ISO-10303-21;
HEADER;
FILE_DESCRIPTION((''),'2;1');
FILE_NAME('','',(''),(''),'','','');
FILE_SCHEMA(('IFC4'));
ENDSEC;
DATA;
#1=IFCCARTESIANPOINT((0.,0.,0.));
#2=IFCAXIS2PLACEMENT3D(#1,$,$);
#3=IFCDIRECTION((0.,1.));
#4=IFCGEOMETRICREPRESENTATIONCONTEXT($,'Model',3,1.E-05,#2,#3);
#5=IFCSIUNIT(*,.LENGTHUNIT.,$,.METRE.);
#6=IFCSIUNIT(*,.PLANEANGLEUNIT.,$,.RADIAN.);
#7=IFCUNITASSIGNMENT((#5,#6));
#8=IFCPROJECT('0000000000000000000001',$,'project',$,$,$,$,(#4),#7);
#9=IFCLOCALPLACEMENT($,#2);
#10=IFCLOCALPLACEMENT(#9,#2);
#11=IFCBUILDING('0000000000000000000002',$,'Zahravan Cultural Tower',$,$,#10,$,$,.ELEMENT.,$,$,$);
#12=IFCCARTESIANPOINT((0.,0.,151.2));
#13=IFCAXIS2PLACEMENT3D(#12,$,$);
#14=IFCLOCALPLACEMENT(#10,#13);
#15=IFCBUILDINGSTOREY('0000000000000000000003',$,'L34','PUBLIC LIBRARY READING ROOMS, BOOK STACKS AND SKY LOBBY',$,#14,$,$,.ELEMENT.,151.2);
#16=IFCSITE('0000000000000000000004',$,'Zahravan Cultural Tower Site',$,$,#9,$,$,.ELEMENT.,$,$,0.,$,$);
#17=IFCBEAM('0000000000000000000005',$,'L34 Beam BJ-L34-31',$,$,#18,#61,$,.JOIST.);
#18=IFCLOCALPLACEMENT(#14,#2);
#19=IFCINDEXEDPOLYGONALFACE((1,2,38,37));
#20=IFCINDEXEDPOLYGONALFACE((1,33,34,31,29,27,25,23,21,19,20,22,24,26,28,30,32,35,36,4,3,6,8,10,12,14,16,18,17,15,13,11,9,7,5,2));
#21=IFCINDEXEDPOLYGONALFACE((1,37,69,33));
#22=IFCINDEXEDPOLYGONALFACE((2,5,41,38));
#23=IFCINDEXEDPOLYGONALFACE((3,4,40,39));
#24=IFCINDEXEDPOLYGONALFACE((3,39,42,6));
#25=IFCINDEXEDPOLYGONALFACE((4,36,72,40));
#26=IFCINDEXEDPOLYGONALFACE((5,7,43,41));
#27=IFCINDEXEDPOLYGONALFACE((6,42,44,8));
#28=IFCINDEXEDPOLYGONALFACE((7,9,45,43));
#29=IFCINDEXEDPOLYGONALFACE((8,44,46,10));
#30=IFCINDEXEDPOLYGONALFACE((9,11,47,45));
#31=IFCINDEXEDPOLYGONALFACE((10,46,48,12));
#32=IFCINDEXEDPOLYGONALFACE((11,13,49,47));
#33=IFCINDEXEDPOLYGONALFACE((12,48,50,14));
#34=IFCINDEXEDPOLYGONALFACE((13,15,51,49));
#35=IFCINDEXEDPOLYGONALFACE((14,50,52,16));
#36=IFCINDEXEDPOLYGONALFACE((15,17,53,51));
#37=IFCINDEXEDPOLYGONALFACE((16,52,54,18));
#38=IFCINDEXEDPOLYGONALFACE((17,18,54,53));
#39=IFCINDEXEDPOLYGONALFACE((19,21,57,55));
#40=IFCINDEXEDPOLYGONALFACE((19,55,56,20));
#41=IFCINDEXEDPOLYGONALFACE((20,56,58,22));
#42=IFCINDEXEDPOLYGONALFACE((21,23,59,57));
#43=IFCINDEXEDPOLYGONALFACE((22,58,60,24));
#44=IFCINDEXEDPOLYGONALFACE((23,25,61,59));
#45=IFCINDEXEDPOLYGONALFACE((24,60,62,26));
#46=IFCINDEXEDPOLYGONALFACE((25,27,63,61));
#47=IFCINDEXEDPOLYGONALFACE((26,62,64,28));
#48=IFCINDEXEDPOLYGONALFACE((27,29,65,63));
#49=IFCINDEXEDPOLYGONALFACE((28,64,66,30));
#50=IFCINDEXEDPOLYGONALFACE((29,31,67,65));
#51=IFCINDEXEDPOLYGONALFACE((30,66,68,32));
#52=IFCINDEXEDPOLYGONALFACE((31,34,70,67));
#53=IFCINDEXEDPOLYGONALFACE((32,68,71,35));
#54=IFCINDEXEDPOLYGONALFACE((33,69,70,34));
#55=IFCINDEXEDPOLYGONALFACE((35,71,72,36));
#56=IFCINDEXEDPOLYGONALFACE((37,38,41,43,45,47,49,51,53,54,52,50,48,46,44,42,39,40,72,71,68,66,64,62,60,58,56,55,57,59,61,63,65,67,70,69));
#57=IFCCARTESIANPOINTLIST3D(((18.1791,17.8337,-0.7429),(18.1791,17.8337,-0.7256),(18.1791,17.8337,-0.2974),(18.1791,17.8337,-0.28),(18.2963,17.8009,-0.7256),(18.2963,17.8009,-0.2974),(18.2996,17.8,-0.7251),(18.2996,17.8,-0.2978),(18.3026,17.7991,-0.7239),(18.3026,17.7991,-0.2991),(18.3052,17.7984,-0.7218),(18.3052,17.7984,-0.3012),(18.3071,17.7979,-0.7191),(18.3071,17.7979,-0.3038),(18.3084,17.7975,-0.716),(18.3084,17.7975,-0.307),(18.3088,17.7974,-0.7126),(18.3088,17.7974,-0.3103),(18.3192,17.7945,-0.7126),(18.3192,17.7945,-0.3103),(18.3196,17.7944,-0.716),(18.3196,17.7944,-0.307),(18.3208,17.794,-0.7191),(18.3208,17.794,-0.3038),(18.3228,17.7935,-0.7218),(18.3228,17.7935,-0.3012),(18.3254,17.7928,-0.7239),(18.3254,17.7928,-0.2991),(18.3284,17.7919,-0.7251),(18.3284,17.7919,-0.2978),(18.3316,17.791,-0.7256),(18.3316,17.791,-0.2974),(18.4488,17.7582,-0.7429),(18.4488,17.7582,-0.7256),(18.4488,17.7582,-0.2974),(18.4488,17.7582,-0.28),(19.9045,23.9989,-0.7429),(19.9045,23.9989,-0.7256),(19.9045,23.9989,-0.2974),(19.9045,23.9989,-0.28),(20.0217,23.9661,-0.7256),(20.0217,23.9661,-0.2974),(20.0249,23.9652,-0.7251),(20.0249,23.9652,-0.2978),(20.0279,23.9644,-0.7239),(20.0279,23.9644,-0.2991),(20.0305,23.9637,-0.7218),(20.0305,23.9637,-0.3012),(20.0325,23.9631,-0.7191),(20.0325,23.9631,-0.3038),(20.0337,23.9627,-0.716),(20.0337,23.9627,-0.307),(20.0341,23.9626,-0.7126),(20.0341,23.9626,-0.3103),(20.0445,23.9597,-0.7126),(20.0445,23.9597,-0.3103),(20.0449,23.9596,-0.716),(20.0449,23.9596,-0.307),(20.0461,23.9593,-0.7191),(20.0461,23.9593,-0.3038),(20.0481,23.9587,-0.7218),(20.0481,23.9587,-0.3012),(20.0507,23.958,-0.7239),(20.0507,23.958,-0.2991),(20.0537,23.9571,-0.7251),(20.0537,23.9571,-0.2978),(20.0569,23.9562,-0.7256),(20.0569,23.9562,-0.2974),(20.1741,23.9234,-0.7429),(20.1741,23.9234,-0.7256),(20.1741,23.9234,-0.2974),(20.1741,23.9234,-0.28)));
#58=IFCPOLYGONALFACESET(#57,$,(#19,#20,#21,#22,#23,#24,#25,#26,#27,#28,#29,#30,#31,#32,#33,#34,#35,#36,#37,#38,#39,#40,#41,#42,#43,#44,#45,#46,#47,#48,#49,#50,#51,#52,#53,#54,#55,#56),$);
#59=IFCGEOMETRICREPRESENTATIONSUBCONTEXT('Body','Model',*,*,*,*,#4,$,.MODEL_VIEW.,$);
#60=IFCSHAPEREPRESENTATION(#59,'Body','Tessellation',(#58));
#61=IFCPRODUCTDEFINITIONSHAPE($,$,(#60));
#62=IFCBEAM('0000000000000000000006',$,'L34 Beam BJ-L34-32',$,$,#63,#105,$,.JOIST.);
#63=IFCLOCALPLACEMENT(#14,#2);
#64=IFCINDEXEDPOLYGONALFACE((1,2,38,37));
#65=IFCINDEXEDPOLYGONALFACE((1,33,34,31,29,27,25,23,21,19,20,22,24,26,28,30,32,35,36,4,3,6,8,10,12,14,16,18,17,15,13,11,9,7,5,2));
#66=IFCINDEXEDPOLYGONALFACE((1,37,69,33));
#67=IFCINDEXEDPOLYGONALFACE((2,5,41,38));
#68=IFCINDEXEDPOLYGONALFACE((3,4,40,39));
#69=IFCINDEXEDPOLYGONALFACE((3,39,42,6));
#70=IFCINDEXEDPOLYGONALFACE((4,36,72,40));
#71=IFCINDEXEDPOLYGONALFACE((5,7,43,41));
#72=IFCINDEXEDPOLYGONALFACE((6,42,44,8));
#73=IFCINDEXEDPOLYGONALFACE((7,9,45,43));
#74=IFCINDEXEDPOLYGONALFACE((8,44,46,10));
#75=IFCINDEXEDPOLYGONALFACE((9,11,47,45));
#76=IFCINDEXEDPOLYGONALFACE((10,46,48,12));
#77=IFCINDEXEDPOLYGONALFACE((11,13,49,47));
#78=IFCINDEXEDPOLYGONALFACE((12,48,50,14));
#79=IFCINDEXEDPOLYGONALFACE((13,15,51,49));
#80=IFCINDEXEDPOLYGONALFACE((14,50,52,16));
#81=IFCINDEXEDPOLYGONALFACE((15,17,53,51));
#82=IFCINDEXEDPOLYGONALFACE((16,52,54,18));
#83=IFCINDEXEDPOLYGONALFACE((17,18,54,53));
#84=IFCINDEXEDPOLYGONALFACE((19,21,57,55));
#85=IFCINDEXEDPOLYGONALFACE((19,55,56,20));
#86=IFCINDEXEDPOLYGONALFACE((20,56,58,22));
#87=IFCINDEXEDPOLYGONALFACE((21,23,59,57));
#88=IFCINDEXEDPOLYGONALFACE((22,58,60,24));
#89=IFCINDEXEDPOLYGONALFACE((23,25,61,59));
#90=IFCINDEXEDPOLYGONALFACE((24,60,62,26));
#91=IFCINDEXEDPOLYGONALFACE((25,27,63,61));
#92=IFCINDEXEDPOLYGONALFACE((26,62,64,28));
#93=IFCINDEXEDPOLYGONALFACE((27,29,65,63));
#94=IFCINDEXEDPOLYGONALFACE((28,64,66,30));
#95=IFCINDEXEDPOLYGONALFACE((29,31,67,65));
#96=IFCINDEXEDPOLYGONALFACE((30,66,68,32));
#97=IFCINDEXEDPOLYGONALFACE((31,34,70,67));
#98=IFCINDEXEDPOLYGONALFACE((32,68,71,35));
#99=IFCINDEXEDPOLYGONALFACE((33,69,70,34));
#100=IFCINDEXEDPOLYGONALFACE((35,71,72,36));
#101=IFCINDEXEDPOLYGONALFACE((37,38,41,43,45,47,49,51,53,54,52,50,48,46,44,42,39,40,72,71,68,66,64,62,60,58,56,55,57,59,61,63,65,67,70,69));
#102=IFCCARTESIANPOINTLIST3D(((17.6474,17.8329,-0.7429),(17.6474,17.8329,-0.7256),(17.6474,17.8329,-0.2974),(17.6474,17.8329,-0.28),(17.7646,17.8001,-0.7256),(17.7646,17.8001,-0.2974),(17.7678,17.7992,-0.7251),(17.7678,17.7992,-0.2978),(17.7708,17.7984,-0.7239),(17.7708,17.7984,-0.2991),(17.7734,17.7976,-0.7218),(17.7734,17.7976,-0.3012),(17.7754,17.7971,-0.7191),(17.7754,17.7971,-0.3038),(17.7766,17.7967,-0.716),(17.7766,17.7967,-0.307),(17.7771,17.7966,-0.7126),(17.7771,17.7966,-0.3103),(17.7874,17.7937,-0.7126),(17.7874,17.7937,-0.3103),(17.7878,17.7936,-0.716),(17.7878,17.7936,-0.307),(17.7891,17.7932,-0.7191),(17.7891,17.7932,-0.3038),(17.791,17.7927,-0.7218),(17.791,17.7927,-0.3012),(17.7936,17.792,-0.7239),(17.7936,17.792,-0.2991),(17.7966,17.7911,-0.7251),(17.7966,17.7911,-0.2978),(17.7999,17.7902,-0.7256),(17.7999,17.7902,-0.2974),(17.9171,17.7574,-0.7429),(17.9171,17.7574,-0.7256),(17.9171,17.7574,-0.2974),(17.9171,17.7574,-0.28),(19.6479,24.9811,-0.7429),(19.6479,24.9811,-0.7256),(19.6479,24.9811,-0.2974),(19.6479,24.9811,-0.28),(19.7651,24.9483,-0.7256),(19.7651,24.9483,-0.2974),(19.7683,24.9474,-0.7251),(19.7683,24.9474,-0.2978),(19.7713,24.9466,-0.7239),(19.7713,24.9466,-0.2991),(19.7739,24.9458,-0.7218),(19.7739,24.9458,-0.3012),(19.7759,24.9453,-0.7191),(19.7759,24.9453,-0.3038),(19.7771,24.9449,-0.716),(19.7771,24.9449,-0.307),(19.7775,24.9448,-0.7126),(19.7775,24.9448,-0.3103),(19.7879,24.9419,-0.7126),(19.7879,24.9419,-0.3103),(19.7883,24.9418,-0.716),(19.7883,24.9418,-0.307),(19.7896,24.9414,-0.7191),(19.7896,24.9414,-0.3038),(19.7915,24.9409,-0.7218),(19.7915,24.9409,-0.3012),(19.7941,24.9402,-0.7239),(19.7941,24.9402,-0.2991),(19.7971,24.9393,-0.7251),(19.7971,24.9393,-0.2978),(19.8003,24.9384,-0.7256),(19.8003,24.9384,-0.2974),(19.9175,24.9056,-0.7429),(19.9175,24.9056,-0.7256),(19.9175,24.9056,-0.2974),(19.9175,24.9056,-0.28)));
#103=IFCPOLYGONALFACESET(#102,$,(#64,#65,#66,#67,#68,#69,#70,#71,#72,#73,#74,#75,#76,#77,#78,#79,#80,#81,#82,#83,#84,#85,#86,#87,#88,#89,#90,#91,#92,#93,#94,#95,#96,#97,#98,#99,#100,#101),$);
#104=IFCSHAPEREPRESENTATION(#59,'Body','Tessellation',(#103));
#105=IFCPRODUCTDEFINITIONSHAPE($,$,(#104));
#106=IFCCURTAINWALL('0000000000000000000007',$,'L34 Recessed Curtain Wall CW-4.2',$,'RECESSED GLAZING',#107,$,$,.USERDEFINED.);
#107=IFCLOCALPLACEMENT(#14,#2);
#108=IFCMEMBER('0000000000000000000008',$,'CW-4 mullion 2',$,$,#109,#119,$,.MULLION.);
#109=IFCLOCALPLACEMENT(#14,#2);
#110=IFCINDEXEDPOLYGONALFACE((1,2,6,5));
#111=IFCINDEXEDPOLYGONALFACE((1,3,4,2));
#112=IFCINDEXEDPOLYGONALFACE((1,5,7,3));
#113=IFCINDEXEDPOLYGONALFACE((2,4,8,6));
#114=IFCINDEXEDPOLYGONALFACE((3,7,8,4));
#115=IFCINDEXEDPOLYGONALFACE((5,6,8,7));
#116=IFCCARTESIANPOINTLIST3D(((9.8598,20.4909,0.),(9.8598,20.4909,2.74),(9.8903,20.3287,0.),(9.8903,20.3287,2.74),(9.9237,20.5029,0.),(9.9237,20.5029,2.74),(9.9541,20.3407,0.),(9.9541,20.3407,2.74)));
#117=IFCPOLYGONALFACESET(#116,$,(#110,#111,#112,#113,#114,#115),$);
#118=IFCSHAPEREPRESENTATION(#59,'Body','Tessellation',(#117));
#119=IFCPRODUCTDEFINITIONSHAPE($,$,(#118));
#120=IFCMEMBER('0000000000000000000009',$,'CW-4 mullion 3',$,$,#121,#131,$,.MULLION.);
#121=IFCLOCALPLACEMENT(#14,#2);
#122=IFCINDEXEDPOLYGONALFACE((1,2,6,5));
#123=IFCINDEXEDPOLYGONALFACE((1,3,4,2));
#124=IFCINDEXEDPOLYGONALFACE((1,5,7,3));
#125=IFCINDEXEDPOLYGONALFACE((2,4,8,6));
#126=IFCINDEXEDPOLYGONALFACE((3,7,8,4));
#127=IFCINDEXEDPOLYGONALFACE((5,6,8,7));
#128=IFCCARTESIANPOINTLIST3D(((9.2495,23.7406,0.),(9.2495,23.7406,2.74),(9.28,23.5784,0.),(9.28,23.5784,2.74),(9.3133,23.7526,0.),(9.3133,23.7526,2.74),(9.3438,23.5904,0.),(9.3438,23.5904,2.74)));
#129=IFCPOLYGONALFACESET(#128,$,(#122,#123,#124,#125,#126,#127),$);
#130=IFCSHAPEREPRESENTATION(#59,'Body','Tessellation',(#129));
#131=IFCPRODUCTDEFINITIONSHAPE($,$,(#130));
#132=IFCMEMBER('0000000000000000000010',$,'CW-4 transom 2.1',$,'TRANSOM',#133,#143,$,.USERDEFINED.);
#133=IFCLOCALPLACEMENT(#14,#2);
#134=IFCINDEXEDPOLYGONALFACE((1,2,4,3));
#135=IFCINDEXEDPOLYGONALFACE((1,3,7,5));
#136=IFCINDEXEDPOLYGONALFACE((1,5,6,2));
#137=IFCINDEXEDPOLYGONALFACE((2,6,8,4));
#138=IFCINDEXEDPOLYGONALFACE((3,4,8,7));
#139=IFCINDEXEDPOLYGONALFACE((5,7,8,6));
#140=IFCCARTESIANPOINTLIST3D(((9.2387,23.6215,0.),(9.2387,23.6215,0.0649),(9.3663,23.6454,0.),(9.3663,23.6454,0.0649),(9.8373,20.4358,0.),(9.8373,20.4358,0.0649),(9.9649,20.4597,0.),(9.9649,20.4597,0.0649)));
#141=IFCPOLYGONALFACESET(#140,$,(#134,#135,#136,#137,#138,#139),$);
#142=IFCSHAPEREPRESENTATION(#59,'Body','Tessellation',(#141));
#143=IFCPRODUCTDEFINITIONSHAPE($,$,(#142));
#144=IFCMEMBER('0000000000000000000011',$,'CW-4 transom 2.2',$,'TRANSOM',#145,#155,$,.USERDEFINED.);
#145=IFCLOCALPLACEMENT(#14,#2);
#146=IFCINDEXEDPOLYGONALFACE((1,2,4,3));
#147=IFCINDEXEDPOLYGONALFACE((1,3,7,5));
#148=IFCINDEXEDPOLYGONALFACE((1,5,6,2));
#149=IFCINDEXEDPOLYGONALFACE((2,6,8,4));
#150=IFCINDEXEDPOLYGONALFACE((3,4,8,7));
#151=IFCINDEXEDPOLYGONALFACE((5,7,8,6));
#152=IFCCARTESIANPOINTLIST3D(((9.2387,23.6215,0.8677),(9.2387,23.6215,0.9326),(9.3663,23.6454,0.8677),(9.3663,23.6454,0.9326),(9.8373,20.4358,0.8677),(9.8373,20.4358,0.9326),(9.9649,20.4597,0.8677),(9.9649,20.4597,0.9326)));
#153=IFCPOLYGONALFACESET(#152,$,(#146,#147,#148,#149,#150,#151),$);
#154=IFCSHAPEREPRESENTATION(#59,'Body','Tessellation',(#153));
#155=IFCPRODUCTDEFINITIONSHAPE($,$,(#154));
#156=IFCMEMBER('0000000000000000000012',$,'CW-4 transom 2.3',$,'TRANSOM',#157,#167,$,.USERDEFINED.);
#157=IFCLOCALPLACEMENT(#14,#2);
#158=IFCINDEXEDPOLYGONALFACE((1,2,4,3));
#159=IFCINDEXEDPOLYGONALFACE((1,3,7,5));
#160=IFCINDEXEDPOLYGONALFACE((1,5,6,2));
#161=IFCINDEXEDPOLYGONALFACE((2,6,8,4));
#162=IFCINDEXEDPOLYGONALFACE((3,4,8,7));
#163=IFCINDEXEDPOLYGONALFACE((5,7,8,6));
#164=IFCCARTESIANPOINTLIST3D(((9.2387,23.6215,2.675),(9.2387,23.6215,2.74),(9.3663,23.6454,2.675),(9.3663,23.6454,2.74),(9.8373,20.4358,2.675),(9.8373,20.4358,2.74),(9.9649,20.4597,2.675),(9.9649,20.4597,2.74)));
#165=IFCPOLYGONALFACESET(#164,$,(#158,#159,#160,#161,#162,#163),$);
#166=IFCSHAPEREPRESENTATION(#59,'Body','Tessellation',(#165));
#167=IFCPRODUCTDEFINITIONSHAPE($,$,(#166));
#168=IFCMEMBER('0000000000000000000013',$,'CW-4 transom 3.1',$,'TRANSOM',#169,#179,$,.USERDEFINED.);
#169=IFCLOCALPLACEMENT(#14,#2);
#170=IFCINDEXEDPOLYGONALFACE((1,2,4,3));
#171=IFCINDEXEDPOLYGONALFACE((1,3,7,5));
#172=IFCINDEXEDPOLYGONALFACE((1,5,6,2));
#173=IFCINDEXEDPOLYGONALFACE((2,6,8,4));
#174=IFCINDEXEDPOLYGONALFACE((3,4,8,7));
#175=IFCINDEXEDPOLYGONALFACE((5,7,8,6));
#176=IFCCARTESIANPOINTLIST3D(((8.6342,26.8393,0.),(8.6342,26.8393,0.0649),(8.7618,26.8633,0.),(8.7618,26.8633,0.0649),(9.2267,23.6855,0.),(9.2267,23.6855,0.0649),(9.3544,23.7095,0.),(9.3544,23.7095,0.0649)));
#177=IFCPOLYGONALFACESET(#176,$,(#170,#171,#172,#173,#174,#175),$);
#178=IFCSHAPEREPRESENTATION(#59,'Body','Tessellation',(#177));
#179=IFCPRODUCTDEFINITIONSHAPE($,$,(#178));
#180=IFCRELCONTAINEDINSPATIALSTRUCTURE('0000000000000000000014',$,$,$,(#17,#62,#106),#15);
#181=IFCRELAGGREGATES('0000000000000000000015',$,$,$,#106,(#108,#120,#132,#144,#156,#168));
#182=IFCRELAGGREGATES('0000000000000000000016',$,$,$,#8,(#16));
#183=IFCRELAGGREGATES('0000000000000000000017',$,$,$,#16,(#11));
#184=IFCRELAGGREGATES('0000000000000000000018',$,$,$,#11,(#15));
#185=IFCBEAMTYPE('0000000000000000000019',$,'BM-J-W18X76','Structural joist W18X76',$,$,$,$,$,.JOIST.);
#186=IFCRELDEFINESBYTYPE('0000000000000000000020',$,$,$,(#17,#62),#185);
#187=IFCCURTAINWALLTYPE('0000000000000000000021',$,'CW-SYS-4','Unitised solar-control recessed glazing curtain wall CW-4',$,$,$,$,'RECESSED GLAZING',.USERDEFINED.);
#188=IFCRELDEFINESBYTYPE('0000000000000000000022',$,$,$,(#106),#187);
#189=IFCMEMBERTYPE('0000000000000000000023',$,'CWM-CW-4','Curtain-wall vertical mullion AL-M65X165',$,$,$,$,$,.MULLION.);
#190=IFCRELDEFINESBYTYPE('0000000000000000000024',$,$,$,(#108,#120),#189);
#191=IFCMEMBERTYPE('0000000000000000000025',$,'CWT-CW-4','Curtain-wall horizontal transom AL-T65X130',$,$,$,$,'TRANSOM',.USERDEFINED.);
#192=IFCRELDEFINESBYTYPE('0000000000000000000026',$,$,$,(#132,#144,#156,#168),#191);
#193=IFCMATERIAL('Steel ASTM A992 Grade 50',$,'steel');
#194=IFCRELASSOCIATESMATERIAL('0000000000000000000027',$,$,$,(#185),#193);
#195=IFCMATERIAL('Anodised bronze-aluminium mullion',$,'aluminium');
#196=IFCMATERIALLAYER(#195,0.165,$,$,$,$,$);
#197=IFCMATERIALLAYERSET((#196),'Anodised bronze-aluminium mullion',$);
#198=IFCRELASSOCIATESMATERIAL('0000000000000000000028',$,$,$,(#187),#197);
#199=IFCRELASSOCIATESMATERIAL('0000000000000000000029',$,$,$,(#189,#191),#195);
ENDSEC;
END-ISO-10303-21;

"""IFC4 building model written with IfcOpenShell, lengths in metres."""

from ifc_helpers import new_model, si_unit, direction, frame, origin, origin_2d, place, context, subcontext, project, spatial, rectangle, i_section, extrude, source, transform, mapped, material, layer, layer_set, material_profile, profile_set, type_object, element, aggregate, save


model = new_model("IFC4")

# Units and contexts
model_context = context("Model", 3, precision=1e-05, world=origin(), true_north=direction((0.0, 1.0)))
body_context = subcontext(model_context, "Body", "Model", "MODEL_VIEW")
ifc_project = project(units=[si_unit("LENGTHUNIT", "METRE"), si_unit("PLANEANGLEUNIT", "RADIAN")], contexts=[model_context])

# Site, building, storey
site_placement = place(None, origin())
site = spatial("IfcSite", under=ifc_project, at=site_placement, Name="Zahravan Cultural Tower Site", CompositionType="ELEMENT", RefElevation=0.0)
building_placement = place(site_placement, origin())
building = spatial("IfcBuilding", under=site, at=building_placement, Name="Zahravan Cultural Tower", CompositionType="ELEMENT")
storey_placement = place(building_placement, frame((0.0, 0.0, 151.2)))
storey = spatial("IfcBuildingStorey", under=building, at=storey_placement, Name="L34", Description="PUBLIC LIBRARY READING ROOMS, BOOK STACKS AND SKY LOBBY", CompositionType="ELEMENT", Elevation=151.2)

# Shared definitions
ifc_material_1 = material(Name="Steel ASTM A992 Grade 50", Category="steel")

# Beams
ifc_material_profile_1 = material_profile(ifc_material_1, i_section(OverallWidth=0.28, OverallDepth=0.4629, WebThickness=0.0107, FlangeThickness=0.0173, FilletRadius=0.0129, at=origin_2d()), Name="W18X76")
ifc_profile_set_1 = profile_set([ifc_material_profile_1], Name="Steel ASTM A992 Grade 50")
beam_type = type_object("IfcBeamType", Name="BM-J-W18X76", Description="Structural joist W18X76", PredefinedType="JOIST", material=ifc_profile_set_1)
shared_shape_1 = source(origin(), body_context, "Body", "SweptSolid", [
    extrude(i_section(OverallWidth=0.28, OverallDepth=0.4629, WebThickness=0.0107, FlangeThickness=0.0173, FilletRadius=0.0129, at=origin_2d()), origin(), (0.0, 0.0, 1.0), 6.4021),
])
beam_1_placement = place(storey_placement, frame((20.0393, 23.9612, -0.5115), z_axis=(-0.269494, -0.963002, 0.0), x_axis=(0.963002, -0.269494, 0.0)))
element("IfcBeam", 1, at=beam_1_placement, inside=storey, type_object=beam_type, Name="L34 Beam BJ-L34-31", PredefinedType="JOIST", context=body_context, shape_type="MappedRepresentation", body=[
    mapped(shared_shape_1, transform((0.0, 0.0, 0.0), x_axis=(1.0, 0.0, 0.0), y_axis=(0.0, 1.0, 0.0), z_axis=(0.0, 0.0, 1.0), scale=1.0)),
])
shared_shape_2 = source(origin(), body_context, "Body", "SweptSolid", [
    extrude(i_section(OverallWidth=0.28, OverallDepth=0.4629, WebThickness=0.0107, FlangeThickness=0.0173, FilletRadius=0.0129, at=origin_2d()), origin(), (0.0, 0.0, 1.0), 7.4229),
])
beam_2_placement = place(storey_placement, frame((19.7827, 24.9434, -0.5115), z_axis=(-0.269504, -0.962999, 0.0), x_axis=(0.962999, -0.269504, 0.0)))
element("IfcBeam", 2, at=beam_2_placement, inside=storey, type_object=beam_type, Name="L34 Beam BJ-L34-32", PredefinedType="JOIST", context=body_context, shape_type="MappedRepresentation", body=[
    mapped(shared_shape_2, transform((0.0, 0.0, 0.0), x_axis=(1.0, 0.0, 0.0), y_axis=(0.0, 1.0, 0.0), z_axis=(0.0, 0.0, 1.0), scale=1.0)),
])

# Curtain wall, members
ifc_material_2 = material(Name="Anodised bronze-aluminium mullion", Category="aluminium")
ifc_layer_1 = layer(ifc_material_2, 0.165)
ifc_layer_set_1 = layer_set([ifc_layer_1], Name="Anodised bronze-aluminium mullion")
curtain_wall_type = type_object("IfcCurtainWallType", Name="CW-SYS-4", Description="Unitised solar-control recessed glazing curtain wall CW-4", ElementType="RECESSED GLAZING", PredefinedType="USERDEFINED", material=ifc_layer_set_1)
curtain_wall_placement = place(storey_placement, origin())
curtain_wall = element("IfcCurtainWall", 3, at=curtain_wall_placement, inside=storey, type_object=curtain_wall_type, Name="L34 Recessed Curtain Wall CW-4.2", ObjectType="RECESSED GLAZING", PredefinedType="USERDEFINED")
ifc_material_profile_2 = material_profile(ifc_material_2, rectangle(XDim=0.0649, YDim=0.165, at=origin_2d()), Name="AL-M65X165")
ifc_profile_set_2 = profile_set([ifc_material_profile_2], Name="Anodised bronze-aluminium mullion")
member_type_1 = type_object("IfcMemberType", Name="CWM-CW-4", Description="Curtain-wall vertical mullion AL-M65X165", PredefinedType="MULLION", material=ifc_profile_set_2)
shared_shape_3 = source(origin(), body_context, "Body", "SweptSolid", [
    extrude(rectangle(XDim=0.0649, YDim=0.165, at=origin_2d()), origin(), (0.0, 0.0, 1.0), 2.74),
])
member_1_placement = place(storey_placement, frame((9.907, 20.4158, 0.0), z_axis=(0.0, 0.0, 1.0), x_axis=(-0.982807, -0.184638, 0.0)))
member_1 = element("IfcMember", 4, at=member_1_placement, type_object=member_type_1, Name="CW-4 mullion 2", PredefinedType="MULLION", context=body_context, shape_type="MappedRepresentation", body=[
    mapped(shared_shape_3, transform((0.0, 0.0, 0.0), x_axis=(1.0, 0.0, 0.0), y_axis=(0.0, 1.0, 0.0), z_axis=(0.0, 0.0, 1.0), scale=1.0)),
])
member_2_placement = place(storey_placement, frame((9.2966, 23.6655, 0.0), z_axis=(0.0, 0.0, 1.0), x_axis=(-0.982807, -0.184638, 0.0)))
member_2 = element("IfcMember", 5, at=member_2_placement, type_object=member_type_1, Name="CW-4 mullion 3", PredefinedType="MULLION", context=body_context, shape_type="MappedRepresentation", body=[
    mapped(shared_shape_3, transform((0.0, 0.0, 0.0), x_axis=(1.0, 0.0, 0.0), y_axis=(0.0, 1.0, 0.0), z_axis=(0.0, 0.0, 1.0), scale=1.0)),
])
ifc_material_profile_3 = material_profile(ifc_material_2, rectangle(XDim=0.1299, YDim=0.0649, at=origin_2d()), Name="AL-T65X130")
ifc_profile_set_3 = profile_set([ifc_material_profile_3], Name="Anodised bronze-aluminium mullion")
member_type_2 = type_object("IfcMemberType", Name="CWT-CW-4", Description="Curtain-wall horizontal transom AL-T65X130", ElementType="TRANSOM", PredefinedType="USERDEFINED", material=ifc_profile_set_3)
shared_shape_4 = source(origin(), body_context, "Body", "SweptSolid", [
    extrude(rectangle(XDim=0.1299, YDim=0.0649, at=origin_2d()), origin(), (0.0, 0.0, 1.0), 3.2415),
])
member_3_placement = place(storey_placement, frame((9.9011, 20.4478, 0.0325), z_axis=(-0.184675, 0.9828, 0.0), x_axis=(-0.9828, -0.184675, 0.0)))
member_3 = element("IfcMember", 6, at=member_3_placement, type_object=member_type_2, Name="CW-4 transom 2.1", ObjectType="TRANSOM", PredefinedType="USERDEFINED", context=body_context, shape_type="MappedRepresentation", body=[
    mapped(shared_shape_4, transform((0.0, 0.0, 0.0), x_axis=(1.0, 0.0, 0.0), y_axis=(0.0, 1.0, 0.0), z_axis=(0.0, 0.0, 1.0), scale=1.0)),
])
member_4_placement = place(storey_placement, frame((9.9011, 20.4478, 0.9001), z_axis=(-0.184675, 0.9828, 0.0), x_axis=(-0.9828, -0.184675, 0.0)))
member_4 = element("IfcMember", 7, at=member_4_placement, type_object=member_type_2, Name="CW-4 transom 2.2", ObjectType="TRANSOM", PredefinedType="USERDEFINED", context=body_context, shape_type="MappedRepresentation", body=[
    mapped(shared_shape_4, transform((0.0, 0.0, 0.0), x_axis=(1.0, 0.0, 0.0), y_axis=(0.0, 1.0, 0.0), z_axis=(0.0, 0.0, 1.0), scale=1.0)),
])
member_5_placement = place(storey_placement, frame((9.9011, 20.4478, 2.7075), z_axis=(-0.184675, 0.9828, 0.0), x_axis=(-0.9828, -0.184675, 0.0)))
member_5 = element("IfcMember", 8, at=member_5_placement, type_object=member_type_2, Name="CW-4 transom 2.3", ObjectType="TRANSOM", PredefinedType="USERDEFINED", context=body_context, shape_type="MappedRepresentation", body=[
    mapped(shared_shape_4, transform((0.0, 0.0, 0.0), x_axis=(1.0, 0.0, 0.0), y_axis=(0.0, 1.0, 0.0), z_axis=(0.0, 0.0, 1.0), scale=1.0)),
])
shared_shape_5 = source(origin(), body_context, "Body", "SweptSolid", [
    extrude(rectangle(XDim=0.1299, YDim=0.0649, at=origin_2d()), origin(), (0.0, 0.0, 1.0), 3.209),
])
member_6_placement = place(storey_placement, frame((9.2905, 23.6975, 0.0325), z_axis=(-0.184647, 0.982805, 0.0), x_axis=(-0.982805, -0.184647, 0.0)))
member_6 = element("IfcMember", 9, at=member_6_placement, type_object=member_type_2, Name="CW-4 transom 3.1", ObjectType="TRANSOM", PredefinedType="USERDEFINED", context=body_context, shape_type="MappedRepresentation", body=[
    mapped(shared_shape_5, transform((0.0, 0.0, 0.0), x_axis=(1.0, 0.0, 0.0), y_axis=(0.0, 1.0, 0.0), z_axis=(0.0, 0.0, 1.0), scale=1.0)),
])
aggregate(curtain_wall, [member_1, member_2, member_3, member_4, member_5, member_6])

save(model, "model.ifc")
